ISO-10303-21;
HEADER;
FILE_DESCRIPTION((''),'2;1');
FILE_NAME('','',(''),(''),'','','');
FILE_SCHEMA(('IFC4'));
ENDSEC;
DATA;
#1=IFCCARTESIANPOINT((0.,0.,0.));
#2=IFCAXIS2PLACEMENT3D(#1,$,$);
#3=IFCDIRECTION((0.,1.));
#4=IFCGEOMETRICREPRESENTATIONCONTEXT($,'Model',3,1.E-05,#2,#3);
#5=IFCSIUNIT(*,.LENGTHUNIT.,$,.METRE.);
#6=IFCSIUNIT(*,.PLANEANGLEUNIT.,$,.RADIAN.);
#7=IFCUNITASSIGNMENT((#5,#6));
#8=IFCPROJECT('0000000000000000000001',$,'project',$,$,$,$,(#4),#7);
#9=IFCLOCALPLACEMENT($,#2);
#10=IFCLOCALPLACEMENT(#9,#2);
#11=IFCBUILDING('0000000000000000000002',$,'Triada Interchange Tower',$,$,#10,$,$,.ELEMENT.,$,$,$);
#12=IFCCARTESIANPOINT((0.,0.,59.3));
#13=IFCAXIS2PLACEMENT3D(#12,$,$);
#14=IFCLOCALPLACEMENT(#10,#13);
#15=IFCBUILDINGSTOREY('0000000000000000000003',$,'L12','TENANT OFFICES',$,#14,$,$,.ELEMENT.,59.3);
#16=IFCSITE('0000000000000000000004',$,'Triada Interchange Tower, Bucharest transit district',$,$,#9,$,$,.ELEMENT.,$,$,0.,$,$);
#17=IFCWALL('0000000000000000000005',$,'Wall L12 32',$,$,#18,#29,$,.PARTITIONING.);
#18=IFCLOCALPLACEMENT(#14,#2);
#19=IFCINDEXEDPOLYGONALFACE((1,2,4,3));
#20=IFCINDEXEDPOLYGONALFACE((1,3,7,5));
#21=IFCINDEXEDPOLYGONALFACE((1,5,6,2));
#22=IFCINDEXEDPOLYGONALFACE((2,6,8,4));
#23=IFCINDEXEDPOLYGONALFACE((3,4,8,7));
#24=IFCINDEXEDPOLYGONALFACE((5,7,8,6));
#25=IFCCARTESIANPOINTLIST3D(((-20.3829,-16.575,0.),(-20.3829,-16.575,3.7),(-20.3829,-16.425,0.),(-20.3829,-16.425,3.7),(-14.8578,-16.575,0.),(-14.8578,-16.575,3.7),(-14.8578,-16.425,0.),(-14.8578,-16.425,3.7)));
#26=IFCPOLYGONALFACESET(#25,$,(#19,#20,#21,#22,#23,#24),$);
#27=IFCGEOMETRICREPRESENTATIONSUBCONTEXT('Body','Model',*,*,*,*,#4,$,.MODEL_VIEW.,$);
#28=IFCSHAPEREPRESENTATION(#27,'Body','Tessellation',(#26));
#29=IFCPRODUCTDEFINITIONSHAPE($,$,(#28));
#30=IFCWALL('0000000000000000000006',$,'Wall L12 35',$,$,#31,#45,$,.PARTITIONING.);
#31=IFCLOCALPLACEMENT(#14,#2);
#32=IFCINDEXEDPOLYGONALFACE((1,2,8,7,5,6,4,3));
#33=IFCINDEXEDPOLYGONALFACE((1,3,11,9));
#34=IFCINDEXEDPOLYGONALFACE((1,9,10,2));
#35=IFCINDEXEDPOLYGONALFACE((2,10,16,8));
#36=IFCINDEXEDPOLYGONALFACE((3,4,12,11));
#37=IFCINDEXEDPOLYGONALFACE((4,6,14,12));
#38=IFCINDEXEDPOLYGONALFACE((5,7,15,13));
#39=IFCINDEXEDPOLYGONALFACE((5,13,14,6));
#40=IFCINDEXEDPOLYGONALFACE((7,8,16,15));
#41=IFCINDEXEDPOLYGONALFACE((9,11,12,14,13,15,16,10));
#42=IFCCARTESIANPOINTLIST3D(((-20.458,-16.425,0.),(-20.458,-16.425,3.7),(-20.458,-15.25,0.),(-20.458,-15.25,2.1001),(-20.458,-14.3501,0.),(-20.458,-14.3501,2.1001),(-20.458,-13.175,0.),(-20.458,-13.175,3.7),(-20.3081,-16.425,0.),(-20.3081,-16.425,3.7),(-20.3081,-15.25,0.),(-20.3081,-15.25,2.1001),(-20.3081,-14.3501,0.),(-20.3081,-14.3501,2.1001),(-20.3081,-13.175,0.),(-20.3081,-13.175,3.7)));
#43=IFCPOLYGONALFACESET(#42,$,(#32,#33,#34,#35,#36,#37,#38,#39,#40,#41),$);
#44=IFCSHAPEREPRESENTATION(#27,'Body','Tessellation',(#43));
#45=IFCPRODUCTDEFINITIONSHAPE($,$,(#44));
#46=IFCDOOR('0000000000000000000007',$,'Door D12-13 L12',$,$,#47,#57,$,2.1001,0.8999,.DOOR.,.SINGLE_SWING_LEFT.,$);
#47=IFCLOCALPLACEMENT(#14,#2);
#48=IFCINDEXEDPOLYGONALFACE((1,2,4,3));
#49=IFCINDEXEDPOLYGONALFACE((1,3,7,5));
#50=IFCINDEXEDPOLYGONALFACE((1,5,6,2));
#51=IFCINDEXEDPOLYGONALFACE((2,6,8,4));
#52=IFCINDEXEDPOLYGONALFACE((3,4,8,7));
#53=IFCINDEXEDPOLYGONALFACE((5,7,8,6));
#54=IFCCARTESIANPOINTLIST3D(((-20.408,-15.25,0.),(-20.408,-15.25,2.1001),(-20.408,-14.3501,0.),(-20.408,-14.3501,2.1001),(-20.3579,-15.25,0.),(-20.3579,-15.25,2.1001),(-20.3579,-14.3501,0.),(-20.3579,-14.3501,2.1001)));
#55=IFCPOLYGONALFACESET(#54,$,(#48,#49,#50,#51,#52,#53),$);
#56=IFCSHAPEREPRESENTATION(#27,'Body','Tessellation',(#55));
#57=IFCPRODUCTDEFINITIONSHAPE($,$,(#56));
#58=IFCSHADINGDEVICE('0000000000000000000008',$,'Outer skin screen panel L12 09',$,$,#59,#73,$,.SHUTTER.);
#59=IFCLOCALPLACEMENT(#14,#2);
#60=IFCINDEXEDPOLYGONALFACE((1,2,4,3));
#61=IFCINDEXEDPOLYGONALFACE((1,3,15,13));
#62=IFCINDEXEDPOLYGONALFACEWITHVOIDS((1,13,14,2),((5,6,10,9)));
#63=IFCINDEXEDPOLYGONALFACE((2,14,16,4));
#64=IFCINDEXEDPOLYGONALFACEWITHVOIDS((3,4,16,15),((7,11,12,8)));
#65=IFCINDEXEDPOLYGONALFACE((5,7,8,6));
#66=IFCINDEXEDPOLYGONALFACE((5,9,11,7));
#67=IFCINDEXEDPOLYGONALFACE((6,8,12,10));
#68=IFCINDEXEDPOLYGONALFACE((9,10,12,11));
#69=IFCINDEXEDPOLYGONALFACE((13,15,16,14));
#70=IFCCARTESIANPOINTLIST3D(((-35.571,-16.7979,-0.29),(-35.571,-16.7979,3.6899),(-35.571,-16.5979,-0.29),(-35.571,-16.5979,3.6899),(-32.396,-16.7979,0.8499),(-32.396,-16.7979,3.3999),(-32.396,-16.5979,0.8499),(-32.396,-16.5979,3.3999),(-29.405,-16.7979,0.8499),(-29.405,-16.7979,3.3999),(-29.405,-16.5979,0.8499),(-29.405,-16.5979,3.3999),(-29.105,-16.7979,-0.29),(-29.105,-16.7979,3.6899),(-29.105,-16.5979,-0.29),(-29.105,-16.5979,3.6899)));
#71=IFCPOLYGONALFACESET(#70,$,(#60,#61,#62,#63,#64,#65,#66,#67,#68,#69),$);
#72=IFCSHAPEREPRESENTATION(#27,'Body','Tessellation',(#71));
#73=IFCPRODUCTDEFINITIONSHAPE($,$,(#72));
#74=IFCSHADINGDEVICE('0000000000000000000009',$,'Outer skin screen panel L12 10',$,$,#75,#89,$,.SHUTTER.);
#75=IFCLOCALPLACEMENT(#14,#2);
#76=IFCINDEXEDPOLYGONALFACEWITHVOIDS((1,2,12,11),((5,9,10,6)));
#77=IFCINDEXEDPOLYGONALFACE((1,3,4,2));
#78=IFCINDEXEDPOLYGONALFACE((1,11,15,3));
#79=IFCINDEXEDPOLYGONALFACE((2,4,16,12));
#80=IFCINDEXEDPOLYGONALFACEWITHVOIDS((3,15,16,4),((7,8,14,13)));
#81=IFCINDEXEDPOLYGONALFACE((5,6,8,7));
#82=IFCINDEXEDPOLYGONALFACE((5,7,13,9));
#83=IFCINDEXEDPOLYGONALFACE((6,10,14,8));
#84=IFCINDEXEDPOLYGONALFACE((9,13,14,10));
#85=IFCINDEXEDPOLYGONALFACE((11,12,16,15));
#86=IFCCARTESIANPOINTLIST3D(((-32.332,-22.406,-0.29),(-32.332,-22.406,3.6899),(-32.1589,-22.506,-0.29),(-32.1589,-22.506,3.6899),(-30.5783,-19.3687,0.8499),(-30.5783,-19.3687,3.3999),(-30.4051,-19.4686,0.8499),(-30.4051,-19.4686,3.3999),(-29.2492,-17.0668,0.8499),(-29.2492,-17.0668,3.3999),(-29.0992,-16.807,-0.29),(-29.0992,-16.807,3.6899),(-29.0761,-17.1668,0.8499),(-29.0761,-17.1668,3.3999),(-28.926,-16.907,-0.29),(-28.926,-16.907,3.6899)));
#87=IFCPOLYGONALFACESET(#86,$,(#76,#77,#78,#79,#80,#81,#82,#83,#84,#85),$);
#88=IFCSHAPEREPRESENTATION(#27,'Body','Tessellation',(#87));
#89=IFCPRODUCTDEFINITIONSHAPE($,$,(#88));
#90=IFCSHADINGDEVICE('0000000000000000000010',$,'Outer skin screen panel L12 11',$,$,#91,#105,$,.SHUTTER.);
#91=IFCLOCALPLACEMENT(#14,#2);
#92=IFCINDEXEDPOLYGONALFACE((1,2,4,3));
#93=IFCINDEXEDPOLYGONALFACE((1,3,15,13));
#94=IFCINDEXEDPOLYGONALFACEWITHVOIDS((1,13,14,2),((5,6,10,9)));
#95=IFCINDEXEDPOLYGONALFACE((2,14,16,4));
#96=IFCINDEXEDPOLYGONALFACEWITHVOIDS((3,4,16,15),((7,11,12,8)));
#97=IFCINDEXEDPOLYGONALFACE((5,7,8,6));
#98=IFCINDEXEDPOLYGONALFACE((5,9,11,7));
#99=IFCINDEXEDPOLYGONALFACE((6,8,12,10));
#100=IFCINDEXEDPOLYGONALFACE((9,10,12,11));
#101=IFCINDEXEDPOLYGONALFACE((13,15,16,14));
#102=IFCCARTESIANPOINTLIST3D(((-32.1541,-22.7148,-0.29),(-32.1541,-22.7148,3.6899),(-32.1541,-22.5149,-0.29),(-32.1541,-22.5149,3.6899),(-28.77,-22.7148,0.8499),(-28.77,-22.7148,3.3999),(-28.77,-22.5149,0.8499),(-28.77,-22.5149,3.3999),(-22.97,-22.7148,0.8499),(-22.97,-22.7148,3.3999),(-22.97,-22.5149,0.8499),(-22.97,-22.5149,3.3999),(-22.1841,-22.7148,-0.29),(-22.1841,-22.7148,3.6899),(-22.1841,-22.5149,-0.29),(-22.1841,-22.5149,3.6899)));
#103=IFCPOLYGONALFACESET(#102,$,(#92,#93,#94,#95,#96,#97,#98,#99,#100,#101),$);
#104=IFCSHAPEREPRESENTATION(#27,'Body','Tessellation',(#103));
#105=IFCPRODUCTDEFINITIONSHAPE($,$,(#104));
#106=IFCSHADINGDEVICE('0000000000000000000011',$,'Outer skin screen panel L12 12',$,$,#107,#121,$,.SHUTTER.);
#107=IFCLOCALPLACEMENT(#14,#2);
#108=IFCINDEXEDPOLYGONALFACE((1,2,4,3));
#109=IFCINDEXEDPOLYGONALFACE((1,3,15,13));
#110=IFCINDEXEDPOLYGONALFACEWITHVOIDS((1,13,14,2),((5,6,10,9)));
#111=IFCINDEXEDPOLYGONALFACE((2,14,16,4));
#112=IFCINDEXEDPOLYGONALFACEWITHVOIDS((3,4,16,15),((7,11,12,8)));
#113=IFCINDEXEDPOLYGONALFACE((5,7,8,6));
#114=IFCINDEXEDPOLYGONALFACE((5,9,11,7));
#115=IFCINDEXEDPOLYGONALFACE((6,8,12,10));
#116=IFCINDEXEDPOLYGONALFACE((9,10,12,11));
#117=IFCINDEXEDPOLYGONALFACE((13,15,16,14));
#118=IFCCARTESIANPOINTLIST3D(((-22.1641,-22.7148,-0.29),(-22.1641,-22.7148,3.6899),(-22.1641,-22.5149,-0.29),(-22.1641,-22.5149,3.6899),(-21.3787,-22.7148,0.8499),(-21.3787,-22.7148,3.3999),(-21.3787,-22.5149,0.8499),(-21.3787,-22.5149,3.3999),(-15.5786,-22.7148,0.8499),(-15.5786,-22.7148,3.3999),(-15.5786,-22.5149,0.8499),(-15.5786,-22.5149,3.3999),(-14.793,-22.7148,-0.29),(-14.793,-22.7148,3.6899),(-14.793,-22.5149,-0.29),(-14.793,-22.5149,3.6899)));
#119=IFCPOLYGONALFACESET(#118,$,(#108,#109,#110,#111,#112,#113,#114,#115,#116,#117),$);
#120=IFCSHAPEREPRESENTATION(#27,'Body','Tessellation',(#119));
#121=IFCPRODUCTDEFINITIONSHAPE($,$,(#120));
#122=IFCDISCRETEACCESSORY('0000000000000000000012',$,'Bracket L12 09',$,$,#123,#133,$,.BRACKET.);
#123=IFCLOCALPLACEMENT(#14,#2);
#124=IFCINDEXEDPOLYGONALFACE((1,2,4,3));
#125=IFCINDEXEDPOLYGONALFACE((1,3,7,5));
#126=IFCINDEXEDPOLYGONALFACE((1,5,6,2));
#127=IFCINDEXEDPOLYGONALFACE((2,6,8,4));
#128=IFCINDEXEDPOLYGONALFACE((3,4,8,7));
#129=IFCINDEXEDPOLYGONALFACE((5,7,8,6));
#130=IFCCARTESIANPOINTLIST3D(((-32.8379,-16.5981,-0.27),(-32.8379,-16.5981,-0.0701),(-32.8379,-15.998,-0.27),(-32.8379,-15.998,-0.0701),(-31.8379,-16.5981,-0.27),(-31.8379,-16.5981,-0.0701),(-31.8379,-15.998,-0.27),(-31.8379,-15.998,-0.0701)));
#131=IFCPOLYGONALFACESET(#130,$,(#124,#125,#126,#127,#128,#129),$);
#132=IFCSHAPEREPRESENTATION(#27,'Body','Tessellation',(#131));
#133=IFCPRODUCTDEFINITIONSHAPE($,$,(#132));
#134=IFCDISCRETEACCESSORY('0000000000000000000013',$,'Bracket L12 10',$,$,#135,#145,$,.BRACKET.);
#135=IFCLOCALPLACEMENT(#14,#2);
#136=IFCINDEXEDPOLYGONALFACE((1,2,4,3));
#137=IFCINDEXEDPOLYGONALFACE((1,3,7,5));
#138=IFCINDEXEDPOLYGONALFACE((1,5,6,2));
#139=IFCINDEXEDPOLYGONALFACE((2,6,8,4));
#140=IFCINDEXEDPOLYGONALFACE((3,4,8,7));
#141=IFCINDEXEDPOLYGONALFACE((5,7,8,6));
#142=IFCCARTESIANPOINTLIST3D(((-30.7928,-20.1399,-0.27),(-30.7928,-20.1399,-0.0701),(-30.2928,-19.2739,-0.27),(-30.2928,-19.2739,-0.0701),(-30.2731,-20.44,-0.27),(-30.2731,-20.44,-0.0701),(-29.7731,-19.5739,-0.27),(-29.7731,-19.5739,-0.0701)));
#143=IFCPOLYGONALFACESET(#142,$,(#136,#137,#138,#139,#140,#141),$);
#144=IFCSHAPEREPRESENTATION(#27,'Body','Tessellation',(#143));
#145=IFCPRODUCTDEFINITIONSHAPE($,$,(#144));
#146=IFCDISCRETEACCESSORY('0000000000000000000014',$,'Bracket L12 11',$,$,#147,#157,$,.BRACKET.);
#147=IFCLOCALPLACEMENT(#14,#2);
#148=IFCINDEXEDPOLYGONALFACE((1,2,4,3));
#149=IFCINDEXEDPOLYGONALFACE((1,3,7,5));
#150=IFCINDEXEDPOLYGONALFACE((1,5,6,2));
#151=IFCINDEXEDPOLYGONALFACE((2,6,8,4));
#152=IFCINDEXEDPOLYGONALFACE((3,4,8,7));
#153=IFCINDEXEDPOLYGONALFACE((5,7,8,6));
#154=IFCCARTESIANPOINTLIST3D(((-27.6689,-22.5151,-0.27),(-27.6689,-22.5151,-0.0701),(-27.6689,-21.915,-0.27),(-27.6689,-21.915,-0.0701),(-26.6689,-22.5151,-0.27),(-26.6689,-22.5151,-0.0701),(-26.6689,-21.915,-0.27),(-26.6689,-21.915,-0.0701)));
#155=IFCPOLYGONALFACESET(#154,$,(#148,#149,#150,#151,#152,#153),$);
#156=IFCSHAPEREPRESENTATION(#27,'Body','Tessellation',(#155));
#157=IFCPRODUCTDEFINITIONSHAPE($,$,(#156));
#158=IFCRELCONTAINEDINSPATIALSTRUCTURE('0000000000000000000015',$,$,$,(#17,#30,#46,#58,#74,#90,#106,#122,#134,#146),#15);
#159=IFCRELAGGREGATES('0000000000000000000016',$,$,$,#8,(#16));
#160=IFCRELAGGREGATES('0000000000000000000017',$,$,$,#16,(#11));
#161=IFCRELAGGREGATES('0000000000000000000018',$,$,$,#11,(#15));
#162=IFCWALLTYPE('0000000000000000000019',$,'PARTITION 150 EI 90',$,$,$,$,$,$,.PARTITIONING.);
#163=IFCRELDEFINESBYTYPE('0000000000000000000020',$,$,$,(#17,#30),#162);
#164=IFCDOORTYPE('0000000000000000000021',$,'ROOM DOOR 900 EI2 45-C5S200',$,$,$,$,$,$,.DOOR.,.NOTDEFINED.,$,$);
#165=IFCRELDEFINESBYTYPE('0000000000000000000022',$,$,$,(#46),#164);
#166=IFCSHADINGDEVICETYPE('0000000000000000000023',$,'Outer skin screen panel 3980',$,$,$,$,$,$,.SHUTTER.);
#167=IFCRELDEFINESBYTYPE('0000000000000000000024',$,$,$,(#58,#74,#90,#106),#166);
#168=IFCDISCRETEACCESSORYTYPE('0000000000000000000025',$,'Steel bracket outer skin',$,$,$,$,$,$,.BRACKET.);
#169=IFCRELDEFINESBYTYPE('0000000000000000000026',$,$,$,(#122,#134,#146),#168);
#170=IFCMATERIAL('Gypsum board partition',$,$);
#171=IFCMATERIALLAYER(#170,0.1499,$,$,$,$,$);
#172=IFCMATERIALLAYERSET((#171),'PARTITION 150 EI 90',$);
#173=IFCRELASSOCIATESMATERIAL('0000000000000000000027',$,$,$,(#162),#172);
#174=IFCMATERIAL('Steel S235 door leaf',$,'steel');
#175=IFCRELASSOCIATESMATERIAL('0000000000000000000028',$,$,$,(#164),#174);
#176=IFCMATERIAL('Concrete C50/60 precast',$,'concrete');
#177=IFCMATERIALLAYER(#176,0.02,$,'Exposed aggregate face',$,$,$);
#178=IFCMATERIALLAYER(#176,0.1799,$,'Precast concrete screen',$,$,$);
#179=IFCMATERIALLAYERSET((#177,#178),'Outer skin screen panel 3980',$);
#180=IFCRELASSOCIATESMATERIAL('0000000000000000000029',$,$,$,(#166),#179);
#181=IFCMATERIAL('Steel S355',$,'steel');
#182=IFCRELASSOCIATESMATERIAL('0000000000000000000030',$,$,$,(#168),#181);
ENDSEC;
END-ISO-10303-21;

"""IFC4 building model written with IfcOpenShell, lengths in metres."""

from ifc_helpers import new_model, si_unit, direction, frame, frame_2d, origin, origin_2d, place, context, subcontext, project, spatial, polyline, rectangle, outline, extrude, material, layer, layer_set, type_object, element, fill, save


model = new_model("IFC4")

# Units and contexts
model_context = context("Model", 3, precision=1e-05, world=origin(), true_north=direction((0.0, 1.0)))
body_context = subcontext(model_context, "Body", "Model", "MODEL_VIEW")
ifc_project = project(units=[si_unit("LENGTHUNIT", "METRE"), si_unit("PLANEANGLEUNIT", "RADIAN")], contexts=[model_context])

# Site, building, storey
site_placement = place(None, origin())
site = spatial("IfcSite", under=ifc_project, at=site_placement, Name="Triada Interchange Tower, Bucharest transit district", CompositionType="ELEMENT", RefElevation=0.0)
building_placement = place(site_placement, origin())
building = spatial("IfcBuilding", under=site, at=building_placement, Name="Triada Interchange Tower", CompositionType="ELEMENT")
storey_placement = place(building_placement, frame((0.0, 0.0, 59.3)))
storey = spatial("IfcBuildingStorey", under=building, at=storey_placement, Name="L12", Description="TENANT OFFICES", CompositionType="ELEMENT", Elevation=59.3)

# Wall
ifc_material_1 = material(Name="Gypsum board partition")
ifc_layer_1 = layer(ifc_material_1, 0.1499)
ifc_layer_set_1 = layer_set([ifc_layer_1], Name="PARTITION 150 EI 90")
wall_type_1 = type_object("IfcWallType", Name="PARTITION 150 EI 90", PredefinedType="PARTITIONING", material=ifc_layer_set_1)
wall_1_placement = place(storey_placement, frame((-20.3831, -16.5, 0.0), z_axis=(0.0, 0.0, 1.0), x_axis=(1.0, 0.0, 0.0)))
element("IfcWall", 1, at=wall_1_placement, inside=storey, type_object=wall_type_1, Name="Wall L12 32", PredefinedType="PARTITIONING", context=body_context, shape_type="SweptSolid", body=[
    extrude(rectangle(XDim=5.5251, YDim=0.1499, at=frame_2d((2.7627, 0.0))), origin(), (0.0, 0.0, 1.0), 3.7),
])

# Wall, opening, door
wall_2_placement = place(storey_placement, frame((-20.3831, -16.425, 0.0), z_axis=(0.0, 0.0, 1.0), x_axis=(0.0, 1.0, 0.0)))
wall_2 = element("IfcWall", 2, at=wall_2_placement, inside=storey, type_object=wall_type_1, Name="Wall L12 35", PredefinedType="PARTITIONING", context=body_context, shape_type="SweptSolid", body=[
    extrude(rectangle(XDim=3.25, YDim=0.1499, at=frame_2d((1.625, 0.0))), origin(), (0.0, 0.0, 1.0), 3.7),
])
opening_1_placement = place(wall_2_placement, frame((1.175, 0.0, 0.0)))
opening_1 = element("IfcOpeningElement", 3, at=opening_1_placement, cuts=wall_2, PredefinedType="OPENING", context=body_context, shape_type="SweptSolid", body=[
    extrude(rectangle(XDim=0.8999, YDim=2.1001, at=frame_2d((0.45, 1.05))), frame((0.0, 0.085, 0.0), z_axis=(0.0, -1.0, 0.0), x_axis=(1.0, 0.0, 0.0)), (0.0, 0.0, 1.0), 0.1699),
])
ifc_material_2 = material(Name="Steel S235 door leaf", Category="steel")
door_type = type_object("IfcDoorType", Name="ROOM DOOR 900 EI2 45-C5S200", OperationType="NOTDEFINED", PredefinedType="DOOR", material=ifc_material_2)
door_placement = place(opening_1_placement, origin())
door = element("IfcDoor", 4, at=door_placement, inside=storey, type_object=door_type, Name="Door D12-13 L12", OperationType="SINGLE_SWING_LEFT", OverallHeight=2.1001, OverallWidth=0.8999, PredefinedType="DOOR", context=body_context, shape_type="SweptSolid", body=[
    extrude(rectangle(XDim=0.8999, YDim=2.1001, at=frame_2d((0.45, 1.05))), frame((0.0, 0.0249, 0.0), z_axis=(0.0, -1.0, 0.0), x_axis=(1.0, 0.0, 0.0)), (0.0, 0.0, 1.0), 0.05),
])
fill(opening_1, door)

# Shading devices
ifc_material_3 = material(Name="Concrete C50/60 precast", Category="concrete")
ifc_layer_2 = layer(ifc_material_3, 0.02, Name="Exposed aggregate face")
ifc_layer_3 = layer(ifc_material_3, 0.1799, Name="Precast concrete screen")
ifc_layer_set_2 = layer_set([ifc_layer_2, ifc_layer_3], Name="Outer skin screen panel 3980")
shading_device_type = type_object("IfcShadingDeviceType", Name="Outer skin screen panel 3980", PredefinedType="SHUTTER", material=ifc_layer_set_2)
shading_device_1_placement = place(storey_placement, frame((-35.571, -16.5979, -0.29), z_axis=(0.0, 0.0, 1.0), x_axis=(1.0, 0.0, 0.0)))
element("IfcShadingDevice", 5, at=shading_device_1_placement, inside=storey, type_object=shading_device_type, Name="Outer skin screen panel L12 09", PredefinedType="SHUTTER", context=body_context, shape_type="SweptSolid", body=[
    extrude(outline(polyline([(0.0, 0.0), (6.4661, 0.0), (6.4661, 3.98), (0.0, 3.98), (0.0, 0.0)]), holes=[polyline([(3.175, 1.1399), (3.175, 3.6899), (6.166, 3.6899), (6.166, 1.1399), (3.175, 1.1399)])]), frame((0.0, 0.0, 0.0), z_axis=(0.0, -1.0, 0.0), x_axis=(1.0, 0.0, 0.0)), (0.0, 0.0, 1.0), 0.2),
])
shading_device_2_placement = place(storey_placement, frame((-28.926, -16.907, -0.29), z_axis=(0.0, 0.0, 1.0), x_axis=(-0.50003, -0.866008, 0.0)))
element("IfcShadingDevice", 6, at=shading_device_2_placement, inside=storey, type_object=shading_device_type, Name="Outer skin screen panel L12 10", PredefinedType="SHUTTER", context=body_context, shape_type="SweptSolid", body=[
    extrude(outline(polyline([(0.0, 0.0), (6.4653, 0.0), (6.4653, 3.98), (0.0, 3.98), (0.0, 0.0)]), holes=[polyline([(0.3, 1.1399), (0.3, 3.6899), (2.958, 3.6899), (2.958, 1.1399), (0.3, 1.1399)])]), frame((0.0, 0.0, 0.0), z_axis=(0.0, -1.0, 0.0), x_axis=(1.0, 0.0, 0.0)), (0.0, 0.0, 1.0), 0.2),
])
shading_device_3_placement = place(storey_placement, frame((-32.1541, -22.5149, -0.29), z_axis=(0.0, 0.0, 1.0), x_axis=(1.0, 0.0, 0.0)))
element("IfcShadingDevice", 7, at=shading_device_3_placement, inside=storey, type_object=shading_device_type, Name="Outer skin screen panel L12 11", PredefinedType="SHUTTER", context=body_context, shape_type="SweptSolid", body=[
    extrude(outline(polyline([(0.0, 0.0), (9.97, 0.0), (9.97, 3.98), (0.0, 3.98), (0.0, 0.0)]), holes=[polyline([(3.384, 1.1399), (3.384, 3.6899), (9.1841, 3.6899), (9.1841, 1.1399), (3.384, 1.1399)])]), frame((0.0, 0.0, 0.0), z_axis=(0.0, -1.0, 0.0), x_axis=(1.0, 0.0, 0.0)), (0.0, 0.0, 1.0), 0.2),
])
shading_device_4_placement = place(storey_placement, frame((-22.1641, -22.5149, -0.29), z_axis=(0.0, 0.0, 1.0), x_axis=(1.0, 0.0, 0.0)))
element("IfcShadingDevice", 8, at=shading_device_4_placement, inside=storey, type_object=shading_device_type, Name="Outer skin screen panel L12 12", PredefinedType="SHUTTER", context=body_context, shape_type="SweptSolid", body=[
    extrude(outline(polyline([(0.0, 0.0), (7.3711, 0.0), (7.3711, 3.98), (0.0, 3.98), (0.0, 0.0)]), holes=[polyline([(0.7854, 1.1399), (0.7854, 3.6899), (6.5854, 3.6899), (6.5854, 1.1399), (0.7854, 1.1399)])]), frame((0.0, 0.0, 0.0), z_axis=(0.0, -1.0, 0.0), x_axis=(1.0, 0.0, 0.0)), (0.0, 0.0, 1.0), 0.2),
])

# Discrete accessories
ifc_material_4 = material(Name="Steel S355", Category="steel")
discrete_accessory_type = type_object("IfcDiscreteAccessoryType", Name="Steel bracket outer skin", PredefinedType="BRACKET", material=ifc_material_4)
for number, where, z_axis, x_axis, name in (
    (9, (-32.3379, -16.2981, -0.27), (0.0, 0.0, 1.0), (0.0, -1.0, 0.0), "Bracket L12 09"),
    (10, (-30.283, -19.8569, -0.27), (0.0, 0.0, 1.0), (-0.866037, 0.49998, 0.0), "Bracket L12 10"),
    (11, (-27.1689, -22.2151, -0.27), (0.0, 0.0, 1.0), (0.0, -1.0, 0.0), "Bracket L12 11"),
):
    element("IfcDiscreteAccessory", number, at=place(storey_placement, frame(where, z_axis=z_axis, x_axis=x_axis)), inside=storey, type_object=discrete_accessory_type, Name=name, PredefinedType="BRACKET", context=body_context, shape_type="SweptSolid", body=[
        extrude(rectangle(XDim=0.6001, YDim=1.0, at=origin_2d()), origin(), (0.0, 0.0, 1.0), 0.2),
    ])

save(model, "model.ifc")
